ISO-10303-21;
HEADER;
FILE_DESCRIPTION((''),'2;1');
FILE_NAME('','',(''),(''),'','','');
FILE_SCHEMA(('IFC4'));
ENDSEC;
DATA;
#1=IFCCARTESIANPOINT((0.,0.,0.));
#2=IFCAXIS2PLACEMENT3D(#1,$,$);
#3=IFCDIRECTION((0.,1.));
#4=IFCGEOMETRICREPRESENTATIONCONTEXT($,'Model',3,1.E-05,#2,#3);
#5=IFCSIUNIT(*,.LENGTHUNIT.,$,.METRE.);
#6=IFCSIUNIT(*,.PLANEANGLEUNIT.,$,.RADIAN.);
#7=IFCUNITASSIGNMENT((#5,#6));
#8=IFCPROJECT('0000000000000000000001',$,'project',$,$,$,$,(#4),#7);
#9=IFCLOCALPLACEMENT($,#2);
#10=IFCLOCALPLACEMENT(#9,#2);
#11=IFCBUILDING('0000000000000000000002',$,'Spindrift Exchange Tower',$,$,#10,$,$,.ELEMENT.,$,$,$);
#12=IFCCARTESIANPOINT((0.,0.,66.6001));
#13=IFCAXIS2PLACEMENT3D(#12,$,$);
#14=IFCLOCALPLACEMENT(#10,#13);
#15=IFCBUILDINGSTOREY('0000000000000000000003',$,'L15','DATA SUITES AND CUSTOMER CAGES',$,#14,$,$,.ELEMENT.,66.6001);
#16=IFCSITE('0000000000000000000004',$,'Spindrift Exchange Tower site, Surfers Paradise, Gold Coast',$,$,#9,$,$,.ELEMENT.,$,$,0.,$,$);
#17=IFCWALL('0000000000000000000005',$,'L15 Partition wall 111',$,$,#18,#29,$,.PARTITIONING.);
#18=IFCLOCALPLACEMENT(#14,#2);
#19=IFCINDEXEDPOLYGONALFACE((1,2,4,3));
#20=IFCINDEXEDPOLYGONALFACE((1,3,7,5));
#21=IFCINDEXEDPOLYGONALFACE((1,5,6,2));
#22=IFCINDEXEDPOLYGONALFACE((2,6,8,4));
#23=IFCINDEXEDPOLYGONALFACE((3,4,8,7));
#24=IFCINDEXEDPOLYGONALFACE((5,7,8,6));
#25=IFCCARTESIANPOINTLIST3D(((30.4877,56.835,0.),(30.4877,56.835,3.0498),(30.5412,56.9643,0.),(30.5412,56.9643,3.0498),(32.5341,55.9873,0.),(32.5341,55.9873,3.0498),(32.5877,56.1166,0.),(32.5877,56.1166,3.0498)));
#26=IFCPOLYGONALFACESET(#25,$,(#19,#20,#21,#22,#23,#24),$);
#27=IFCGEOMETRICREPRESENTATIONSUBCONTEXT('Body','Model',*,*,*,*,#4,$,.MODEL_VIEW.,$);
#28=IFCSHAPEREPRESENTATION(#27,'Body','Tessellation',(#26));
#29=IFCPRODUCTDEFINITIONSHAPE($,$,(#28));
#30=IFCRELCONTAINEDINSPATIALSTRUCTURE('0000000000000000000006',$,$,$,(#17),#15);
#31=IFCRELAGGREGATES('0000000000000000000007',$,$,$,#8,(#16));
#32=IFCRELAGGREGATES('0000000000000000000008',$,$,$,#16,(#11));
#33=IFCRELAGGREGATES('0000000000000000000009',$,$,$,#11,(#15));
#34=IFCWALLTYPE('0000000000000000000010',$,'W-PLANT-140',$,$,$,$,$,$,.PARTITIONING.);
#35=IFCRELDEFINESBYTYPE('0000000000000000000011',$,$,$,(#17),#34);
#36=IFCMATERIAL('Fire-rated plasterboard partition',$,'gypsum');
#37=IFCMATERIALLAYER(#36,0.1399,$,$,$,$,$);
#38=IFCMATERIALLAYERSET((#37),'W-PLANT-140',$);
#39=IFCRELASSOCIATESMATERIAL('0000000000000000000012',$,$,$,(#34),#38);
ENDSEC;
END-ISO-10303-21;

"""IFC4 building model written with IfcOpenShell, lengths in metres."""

from ifc_helpers import new_model, si_unit, direction, frame, frame_2d, origin, place, context, subcontext, project, spatial, rectangle, extrude, material, layer, layer_set, type_object, element, save


model = new_model("IFC4")

# Units and contexts
model_context = context("Model", 3, precision=1e-05, world=origin(), true_north=direction((0.0, 1.0)))
body_context = subcontext(model_context, "Body", "Model", "MODEL_VIEW")
ifc_project = project(units=[si_unit("LENGTHUNIT", "METRE"), si_unit("PLANEANGLEUNIT", "RADIAN")], contexts=[model_context])

# Site, building, storey
site_placement = place(None, origin())
site = spatial("IfcSite", under=ifc_project, at=site_placement, Name="Spindrift Exchange Tower site, Surfers Paradise, Gold Coast", CompositionType="ELEMENT", RefElevation=0.0)
building_placement = place(site_placement, origin())
building = spatial("IfcBuilding", under=site, at=building_placement, Name="Spindrift Exchange Tower", CompositionType="ELEMENT")
storey_placement = place(building_placement, frame((0.0, 0.0, 66.6001)))
storey = spatial("IfcBuildingStorey", under=building, at=storey_placement, Name="L15", Description="DATA SUITES AND CUSTOMER CAGES", CompositionType="ELEMENT", Elevation=66.6001)

# Wall
ifc_material_1 = material(Name="Fire-rated plasterboard partition", Category="gypsum")
ifc_layer_1 = layer(ifc_material_1, 0.1399)
ifc_layer_set_1 = layer_set([ifc_layer_1], Name="W-PLANT-140")
wall_type_1 = type_object("IfcWallType", Name="W-PLANT-140", PredefinedType="PARTITIONING", material=ifc_layer_set_1)
wall_1_placement = place(storey_placement, frame((32.5608, 56.052, 0.0), z_axis=(0.0, 0.0, 1.0), x_axis=(-0.923877, 0.382689, 0.0)))
element("IfcWall", 1, at=wall_1_placement, inside=storey, type_object=wall_type_1, Name="L15 Partition wall 111", PredefinedType="PARTITIONING", context=body_context, shape_type="SweptSolid", body=[
    extrude(rectangle(XDim=2.2151, YDim=0.1399, at=frame_2d((1.1074, 0.0))), origin(), (0.0, 0.0, 1.0), 3.0498),
])

save(model, "model.ifc")
